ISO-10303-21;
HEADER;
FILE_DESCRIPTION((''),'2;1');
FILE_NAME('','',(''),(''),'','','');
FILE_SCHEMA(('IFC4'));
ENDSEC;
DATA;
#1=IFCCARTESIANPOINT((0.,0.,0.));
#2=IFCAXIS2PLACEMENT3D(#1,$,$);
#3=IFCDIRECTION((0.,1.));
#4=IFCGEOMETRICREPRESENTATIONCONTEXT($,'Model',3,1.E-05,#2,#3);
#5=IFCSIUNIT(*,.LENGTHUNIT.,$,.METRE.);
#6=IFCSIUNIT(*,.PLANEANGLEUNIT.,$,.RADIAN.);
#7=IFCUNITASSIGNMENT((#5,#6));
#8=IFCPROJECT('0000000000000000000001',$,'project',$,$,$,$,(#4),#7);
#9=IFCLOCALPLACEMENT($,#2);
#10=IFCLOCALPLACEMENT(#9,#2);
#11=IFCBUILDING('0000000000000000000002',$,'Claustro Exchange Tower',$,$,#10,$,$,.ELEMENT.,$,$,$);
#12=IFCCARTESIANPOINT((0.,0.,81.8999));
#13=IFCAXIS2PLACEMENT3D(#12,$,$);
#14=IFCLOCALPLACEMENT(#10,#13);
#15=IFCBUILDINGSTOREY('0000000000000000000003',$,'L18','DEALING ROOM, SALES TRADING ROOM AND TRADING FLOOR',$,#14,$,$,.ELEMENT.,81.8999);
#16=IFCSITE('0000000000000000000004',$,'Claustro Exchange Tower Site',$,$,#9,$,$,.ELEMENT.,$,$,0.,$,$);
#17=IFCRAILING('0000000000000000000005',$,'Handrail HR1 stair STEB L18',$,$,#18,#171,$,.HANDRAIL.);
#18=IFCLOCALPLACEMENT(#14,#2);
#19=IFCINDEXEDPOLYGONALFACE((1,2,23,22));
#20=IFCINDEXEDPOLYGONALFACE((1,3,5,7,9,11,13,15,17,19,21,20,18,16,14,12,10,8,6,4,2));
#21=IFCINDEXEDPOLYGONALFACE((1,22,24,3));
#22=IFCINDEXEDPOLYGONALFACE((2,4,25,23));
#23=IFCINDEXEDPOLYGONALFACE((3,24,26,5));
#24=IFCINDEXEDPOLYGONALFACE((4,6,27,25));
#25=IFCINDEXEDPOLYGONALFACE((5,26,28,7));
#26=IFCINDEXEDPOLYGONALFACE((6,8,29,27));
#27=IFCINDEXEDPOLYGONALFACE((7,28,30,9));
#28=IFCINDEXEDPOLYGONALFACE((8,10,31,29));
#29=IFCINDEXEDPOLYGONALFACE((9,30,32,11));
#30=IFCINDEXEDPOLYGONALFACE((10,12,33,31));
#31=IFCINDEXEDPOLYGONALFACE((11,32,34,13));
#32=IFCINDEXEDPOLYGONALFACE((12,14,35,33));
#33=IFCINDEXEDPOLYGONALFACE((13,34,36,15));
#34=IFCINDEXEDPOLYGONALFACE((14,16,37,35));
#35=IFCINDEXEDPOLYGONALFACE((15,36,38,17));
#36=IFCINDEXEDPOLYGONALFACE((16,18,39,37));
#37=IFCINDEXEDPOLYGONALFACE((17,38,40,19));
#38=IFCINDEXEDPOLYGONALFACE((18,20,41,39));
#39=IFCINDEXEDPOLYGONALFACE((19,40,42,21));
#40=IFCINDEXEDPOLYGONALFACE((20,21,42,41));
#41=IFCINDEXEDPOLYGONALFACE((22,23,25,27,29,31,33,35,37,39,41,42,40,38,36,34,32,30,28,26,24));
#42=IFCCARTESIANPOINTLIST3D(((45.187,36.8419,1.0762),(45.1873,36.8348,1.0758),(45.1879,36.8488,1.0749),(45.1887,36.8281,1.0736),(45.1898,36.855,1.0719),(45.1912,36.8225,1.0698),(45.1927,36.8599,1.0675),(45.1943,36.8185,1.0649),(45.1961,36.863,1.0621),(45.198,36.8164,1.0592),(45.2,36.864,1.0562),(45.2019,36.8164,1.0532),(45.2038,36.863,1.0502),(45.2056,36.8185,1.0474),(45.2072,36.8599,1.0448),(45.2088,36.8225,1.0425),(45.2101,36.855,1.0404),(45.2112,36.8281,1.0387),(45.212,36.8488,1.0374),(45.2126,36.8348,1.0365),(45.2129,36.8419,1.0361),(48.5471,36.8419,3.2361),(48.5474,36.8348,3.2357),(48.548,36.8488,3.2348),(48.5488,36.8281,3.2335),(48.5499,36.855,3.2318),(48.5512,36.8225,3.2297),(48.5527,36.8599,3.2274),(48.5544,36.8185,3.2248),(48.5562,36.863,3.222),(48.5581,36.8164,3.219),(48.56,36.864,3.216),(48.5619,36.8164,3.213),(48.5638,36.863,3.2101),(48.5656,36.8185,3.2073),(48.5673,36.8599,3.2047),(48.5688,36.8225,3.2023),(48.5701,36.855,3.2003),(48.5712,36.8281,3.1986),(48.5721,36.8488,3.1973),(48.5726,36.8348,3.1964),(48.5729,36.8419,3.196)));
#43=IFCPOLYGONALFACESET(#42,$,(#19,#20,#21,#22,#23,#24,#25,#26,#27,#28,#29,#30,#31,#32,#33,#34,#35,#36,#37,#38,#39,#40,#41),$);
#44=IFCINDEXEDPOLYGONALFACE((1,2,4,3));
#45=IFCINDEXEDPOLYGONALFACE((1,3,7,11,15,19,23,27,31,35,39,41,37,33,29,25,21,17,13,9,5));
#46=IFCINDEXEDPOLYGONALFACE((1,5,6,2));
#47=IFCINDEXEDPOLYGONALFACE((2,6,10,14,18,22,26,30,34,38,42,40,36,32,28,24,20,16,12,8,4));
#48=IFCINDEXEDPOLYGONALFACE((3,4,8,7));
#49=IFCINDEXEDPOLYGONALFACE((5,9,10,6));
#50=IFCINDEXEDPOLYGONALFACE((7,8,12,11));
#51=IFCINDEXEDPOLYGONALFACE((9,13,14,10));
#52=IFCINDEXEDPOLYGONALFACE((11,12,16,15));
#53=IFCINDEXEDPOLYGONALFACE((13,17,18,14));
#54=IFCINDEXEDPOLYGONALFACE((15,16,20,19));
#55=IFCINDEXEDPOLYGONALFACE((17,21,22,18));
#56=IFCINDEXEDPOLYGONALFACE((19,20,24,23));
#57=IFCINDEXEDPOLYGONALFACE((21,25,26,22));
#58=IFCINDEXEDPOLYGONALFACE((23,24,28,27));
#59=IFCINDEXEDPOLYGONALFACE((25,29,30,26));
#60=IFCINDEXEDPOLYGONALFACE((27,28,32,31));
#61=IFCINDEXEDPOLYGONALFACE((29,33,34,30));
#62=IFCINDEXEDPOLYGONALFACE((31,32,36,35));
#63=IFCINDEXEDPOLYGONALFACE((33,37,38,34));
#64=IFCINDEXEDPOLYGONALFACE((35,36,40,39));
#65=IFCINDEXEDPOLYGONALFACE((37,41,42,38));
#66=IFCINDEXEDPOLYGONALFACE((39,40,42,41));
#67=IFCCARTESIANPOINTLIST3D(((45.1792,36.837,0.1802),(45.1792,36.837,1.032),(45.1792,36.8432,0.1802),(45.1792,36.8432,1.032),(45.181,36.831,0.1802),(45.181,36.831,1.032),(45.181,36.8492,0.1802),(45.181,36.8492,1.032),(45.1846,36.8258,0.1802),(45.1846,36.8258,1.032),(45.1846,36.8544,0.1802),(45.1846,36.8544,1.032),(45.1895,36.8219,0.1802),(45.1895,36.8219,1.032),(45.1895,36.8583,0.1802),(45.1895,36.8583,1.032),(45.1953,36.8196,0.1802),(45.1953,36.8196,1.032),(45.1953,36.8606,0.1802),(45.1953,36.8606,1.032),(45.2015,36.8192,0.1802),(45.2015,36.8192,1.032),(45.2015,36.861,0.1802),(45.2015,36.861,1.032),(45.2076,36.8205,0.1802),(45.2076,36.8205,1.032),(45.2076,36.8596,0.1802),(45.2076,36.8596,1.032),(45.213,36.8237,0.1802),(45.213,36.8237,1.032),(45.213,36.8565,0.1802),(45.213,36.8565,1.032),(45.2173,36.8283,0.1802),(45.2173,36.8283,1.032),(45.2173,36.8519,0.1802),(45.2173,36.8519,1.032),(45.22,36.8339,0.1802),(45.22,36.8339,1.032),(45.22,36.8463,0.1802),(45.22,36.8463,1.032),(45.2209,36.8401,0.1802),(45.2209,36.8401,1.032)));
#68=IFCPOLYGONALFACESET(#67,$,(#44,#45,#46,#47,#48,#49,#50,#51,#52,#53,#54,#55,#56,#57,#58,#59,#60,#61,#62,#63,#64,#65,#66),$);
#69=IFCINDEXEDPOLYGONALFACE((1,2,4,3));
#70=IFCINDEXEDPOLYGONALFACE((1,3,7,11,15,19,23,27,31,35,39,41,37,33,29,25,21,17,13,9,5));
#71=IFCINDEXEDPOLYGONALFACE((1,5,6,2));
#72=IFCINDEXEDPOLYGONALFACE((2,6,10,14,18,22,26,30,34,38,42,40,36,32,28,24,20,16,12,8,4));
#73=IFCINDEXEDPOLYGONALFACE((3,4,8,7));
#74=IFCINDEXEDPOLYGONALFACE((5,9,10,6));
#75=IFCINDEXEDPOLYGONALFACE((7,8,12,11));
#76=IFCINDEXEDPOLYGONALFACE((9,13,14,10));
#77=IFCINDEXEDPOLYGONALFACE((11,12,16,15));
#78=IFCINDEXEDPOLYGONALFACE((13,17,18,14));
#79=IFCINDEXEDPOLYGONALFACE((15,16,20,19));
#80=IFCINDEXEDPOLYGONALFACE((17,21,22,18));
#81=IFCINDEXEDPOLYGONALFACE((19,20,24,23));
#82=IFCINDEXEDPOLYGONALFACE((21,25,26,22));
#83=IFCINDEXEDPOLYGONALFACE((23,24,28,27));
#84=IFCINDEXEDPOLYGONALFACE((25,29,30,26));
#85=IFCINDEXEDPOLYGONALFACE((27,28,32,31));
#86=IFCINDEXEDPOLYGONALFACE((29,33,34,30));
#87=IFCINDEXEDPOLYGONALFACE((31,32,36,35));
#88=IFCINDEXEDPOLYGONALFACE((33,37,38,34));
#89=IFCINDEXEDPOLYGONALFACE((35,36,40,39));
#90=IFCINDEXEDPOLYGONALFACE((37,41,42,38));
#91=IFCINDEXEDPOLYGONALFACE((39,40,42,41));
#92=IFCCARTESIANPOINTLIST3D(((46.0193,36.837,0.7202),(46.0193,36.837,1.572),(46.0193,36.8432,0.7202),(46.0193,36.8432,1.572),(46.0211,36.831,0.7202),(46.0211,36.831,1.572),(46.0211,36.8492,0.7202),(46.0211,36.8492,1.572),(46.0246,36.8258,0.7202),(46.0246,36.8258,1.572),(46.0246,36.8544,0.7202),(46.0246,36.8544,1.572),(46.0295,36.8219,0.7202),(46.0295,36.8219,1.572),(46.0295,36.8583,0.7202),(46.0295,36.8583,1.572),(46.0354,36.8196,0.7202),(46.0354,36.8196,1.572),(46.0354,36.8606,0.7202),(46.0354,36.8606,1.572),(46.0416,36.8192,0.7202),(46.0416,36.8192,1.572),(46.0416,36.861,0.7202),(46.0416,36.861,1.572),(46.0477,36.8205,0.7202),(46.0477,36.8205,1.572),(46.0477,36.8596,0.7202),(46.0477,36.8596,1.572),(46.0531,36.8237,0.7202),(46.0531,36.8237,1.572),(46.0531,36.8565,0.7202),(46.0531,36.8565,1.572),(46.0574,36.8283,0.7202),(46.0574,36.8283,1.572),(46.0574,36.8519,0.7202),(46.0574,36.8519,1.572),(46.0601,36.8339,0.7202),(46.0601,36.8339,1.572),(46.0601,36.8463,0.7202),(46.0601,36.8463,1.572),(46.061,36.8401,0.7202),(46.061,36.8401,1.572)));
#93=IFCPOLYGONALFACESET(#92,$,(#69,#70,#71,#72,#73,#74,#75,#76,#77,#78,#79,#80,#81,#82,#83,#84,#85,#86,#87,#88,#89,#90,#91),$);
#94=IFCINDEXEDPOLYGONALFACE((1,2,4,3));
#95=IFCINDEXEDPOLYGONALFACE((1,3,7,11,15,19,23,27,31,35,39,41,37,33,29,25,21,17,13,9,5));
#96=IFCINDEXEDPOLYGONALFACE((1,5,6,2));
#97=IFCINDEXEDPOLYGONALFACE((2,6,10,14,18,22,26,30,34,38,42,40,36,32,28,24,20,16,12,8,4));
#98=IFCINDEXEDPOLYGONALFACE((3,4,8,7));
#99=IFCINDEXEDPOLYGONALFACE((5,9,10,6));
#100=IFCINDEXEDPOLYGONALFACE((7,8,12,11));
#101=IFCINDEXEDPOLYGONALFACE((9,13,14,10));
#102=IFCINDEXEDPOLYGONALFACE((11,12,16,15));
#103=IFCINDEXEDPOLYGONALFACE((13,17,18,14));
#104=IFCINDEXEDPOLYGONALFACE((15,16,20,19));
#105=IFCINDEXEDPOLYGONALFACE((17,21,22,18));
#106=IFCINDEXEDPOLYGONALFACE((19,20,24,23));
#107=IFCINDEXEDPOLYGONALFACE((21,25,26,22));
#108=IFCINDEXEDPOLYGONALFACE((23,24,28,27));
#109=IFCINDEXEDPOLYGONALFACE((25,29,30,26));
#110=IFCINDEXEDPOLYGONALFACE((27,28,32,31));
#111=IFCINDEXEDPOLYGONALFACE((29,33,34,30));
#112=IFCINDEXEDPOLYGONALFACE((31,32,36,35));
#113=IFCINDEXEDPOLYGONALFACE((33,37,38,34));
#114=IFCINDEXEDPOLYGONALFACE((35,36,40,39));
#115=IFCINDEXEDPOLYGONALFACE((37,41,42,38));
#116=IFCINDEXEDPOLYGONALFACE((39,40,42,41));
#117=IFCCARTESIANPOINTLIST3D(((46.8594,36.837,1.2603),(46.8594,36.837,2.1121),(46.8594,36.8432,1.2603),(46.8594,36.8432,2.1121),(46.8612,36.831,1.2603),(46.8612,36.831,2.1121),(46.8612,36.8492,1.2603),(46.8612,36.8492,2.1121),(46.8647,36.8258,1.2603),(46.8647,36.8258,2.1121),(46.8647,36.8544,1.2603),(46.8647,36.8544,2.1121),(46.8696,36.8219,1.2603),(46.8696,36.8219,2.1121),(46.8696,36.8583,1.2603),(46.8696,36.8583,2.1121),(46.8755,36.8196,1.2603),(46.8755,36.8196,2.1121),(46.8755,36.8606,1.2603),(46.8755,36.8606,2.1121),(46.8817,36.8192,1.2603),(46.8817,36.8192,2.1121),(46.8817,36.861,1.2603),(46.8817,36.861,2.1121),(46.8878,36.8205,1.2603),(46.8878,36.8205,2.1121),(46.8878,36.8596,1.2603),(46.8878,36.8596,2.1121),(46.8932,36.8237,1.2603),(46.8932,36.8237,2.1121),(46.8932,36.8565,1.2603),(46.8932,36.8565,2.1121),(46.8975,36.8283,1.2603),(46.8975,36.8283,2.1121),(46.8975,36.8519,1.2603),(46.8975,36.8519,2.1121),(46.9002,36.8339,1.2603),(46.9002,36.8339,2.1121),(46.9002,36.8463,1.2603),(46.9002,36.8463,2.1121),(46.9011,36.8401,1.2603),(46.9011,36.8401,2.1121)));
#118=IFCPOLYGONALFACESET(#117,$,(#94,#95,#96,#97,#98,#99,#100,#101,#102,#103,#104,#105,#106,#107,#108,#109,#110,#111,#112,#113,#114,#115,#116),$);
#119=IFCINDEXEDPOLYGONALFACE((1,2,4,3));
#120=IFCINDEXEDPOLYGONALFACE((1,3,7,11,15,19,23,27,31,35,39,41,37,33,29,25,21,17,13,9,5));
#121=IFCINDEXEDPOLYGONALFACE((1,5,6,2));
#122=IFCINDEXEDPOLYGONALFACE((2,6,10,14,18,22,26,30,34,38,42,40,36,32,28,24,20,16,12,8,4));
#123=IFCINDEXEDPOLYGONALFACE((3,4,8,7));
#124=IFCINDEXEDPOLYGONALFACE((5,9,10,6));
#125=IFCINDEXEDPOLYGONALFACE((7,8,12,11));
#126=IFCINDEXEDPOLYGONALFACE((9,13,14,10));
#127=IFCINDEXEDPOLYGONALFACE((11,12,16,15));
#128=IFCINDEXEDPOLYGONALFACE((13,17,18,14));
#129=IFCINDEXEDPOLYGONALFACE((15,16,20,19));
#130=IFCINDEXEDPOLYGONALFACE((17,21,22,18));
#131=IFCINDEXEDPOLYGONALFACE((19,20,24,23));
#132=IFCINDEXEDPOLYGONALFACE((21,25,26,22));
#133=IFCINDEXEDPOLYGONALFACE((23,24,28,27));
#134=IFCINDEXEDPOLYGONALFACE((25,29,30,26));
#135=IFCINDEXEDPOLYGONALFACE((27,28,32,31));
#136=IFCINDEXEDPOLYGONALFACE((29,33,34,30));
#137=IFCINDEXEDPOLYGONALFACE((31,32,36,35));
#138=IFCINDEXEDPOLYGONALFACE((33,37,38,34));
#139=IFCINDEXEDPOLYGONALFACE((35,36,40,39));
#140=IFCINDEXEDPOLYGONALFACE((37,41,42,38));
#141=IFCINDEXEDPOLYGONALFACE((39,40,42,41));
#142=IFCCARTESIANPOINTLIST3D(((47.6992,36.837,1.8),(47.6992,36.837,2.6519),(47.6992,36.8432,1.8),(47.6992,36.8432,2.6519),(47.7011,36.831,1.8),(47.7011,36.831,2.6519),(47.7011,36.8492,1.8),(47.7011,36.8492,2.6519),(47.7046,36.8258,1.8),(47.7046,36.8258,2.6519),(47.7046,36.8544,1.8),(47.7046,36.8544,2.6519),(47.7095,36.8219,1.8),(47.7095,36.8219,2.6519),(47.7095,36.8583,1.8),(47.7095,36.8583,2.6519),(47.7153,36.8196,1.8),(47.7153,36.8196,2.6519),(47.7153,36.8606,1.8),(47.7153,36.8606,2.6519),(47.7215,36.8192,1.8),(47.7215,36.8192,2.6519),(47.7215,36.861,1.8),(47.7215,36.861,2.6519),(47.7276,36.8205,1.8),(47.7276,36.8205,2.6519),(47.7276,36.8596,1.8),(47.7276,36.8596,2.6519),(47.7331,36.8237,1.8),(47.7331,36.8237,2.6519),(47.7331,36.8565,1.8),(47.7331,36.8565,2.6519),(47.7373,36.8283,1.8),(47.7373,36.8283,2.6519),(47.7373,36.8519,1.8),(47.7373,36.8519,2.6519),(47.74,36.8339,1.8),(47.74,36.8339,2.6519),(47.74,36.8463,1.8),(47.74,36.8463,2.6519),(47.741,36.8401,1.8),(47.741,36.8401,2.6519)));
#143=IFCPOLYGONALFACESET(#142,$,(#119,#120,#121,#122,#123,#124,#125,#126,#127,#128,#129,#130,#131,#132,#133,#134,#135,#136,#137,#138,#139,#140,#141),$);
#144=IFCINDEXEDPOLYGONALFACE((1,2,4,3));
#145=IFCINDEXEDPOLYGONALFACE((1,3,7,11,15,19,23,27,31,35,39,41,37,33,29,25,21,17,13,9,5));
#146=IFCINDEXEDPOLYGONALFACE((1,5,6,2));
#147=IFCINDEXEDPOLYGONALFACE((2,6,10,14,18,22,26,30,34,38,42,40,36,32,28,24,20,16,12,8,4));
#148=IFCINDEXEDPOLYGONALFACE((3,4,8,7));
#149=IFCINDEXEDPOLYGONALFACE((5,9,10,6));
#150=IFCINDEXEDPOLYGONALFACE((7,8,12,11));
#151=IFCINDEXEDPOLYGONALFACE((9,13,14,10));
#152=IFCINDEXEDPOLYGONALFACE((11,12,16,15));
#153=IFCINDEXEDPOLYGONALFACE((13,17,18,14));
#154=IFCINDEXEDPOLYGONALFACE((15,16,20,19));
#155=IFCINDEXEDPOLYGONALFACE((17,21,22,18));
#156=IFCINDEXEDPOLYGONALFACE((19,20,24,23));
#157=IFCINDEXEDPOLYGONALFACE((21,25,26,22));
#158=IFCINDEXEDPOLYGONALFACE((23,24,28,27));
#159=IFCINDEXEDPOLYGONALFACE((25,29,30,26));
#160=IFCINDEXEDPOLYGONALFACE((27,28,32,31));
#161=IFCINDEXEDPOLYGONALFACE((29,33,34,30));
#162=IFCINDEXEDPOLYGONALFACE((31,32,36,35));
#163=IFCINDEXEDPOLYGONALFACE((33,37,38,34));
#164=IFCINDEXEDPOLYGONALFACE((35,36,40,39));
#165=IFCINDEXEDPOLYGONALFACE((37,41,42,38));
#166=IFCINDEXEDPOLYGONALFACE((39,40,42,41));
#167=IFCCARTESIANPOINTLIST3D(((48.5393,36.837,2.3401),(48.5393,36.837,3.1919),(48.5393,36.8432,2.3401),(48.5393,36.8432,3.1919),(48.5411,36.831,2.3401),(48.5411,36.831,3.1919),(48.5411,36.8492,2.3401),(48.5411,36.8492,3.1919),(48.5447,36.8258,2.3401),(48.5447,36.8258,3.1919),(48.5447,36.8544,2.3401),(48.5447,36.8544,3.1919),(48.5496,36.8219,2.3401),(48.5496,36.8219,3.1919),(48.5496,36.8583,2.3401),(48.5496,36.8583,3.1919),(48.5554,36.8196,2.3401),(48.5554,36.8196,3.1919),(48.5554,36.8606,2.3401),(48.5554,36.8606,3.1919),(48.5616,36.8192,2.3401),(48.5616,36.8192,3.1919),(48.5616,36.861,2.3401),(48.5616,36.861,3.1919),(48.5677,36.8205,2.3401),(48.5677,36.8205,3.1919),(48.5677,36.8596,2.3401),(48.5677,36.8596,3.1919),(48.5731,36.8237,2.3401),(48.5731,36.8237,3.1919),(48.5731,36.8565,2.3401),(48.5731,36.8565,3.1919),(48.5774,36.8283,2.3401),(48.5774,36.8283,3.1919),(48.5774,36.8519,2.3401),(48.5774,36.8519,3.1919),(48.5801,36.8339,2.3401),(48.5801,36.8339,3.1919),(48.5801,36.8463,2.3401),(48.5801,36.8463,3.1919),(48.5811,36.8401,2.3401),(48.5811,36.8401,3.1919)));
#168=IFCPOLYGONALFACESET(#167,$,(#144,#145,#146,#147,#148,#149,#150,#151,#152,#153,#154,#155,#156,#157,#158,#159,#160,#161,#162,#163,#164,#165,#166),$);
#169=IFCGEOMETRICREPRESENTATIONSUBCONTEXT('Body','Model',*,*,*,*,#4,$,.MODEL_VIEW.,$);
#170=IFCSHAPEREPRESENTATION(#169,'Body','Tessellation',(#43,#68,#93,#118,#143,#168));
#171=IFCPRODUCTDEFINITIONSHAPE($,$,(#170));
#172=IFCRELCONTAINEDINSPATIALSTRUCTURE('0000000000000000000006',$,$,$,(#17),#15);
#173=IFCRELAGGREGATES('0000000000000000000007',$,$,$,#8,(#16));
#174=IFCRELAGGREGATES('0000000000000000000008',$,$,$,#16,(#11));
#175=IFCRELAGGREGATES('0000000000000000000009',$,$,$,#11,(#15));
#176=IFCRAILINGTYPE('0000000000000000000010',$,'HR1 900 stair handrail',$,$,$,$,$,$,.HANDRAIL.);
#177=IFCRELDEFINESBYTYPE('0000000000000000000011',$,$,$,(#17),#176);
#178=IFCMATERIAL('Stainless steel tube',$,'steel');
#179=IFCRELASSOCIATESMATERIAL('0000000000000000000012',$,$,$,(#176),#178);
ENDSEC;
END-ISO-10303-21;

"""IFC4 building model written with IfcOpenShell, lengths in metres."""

from ifc_helpers import new_model, si_unit, direction, frame, origin, origin_2d, place, context, subcontext, project, spatial, circle, extrude, material, type_object, element, save


model = new_model("IFC4")

# Units and contexts
model_context = context("Model", 3, precision=1e-05, world=origin(), true_north=direction((0.0, 1.0)))
body_context = subcontext(model_context, "Body", "Model", "MODEL_VIEW")
ifc_project = project(units=[si_unit("LENGTHUNIT", "METRE"), si_unit("PLANEANGLEUNIT", "RADIAN")], contexts=[model_context])

# Site, building, storey
site_placement = place(None, origin())
site = spatial("IfcSite", under=ifc_project, at=site_placement, Name="Claustro Exchange Tower Site", CompositionType="ELEMENT", RefElevation=0.0)
building_placement = place(site_placement, origin())
building = spatial("IfcBuilding", under=site, at=building_placement, Name="Claustro Exchange Tower", CompositionType="ELEMENT")
storey_placement = place(building_placement, frame((0.0, 0.0, 81.8999)))
storey = spatial("IfcBuildingStorey", under=building, at=storey_placement, Name="L18", Description="DEALING ROOM, SALES TRADING ROOM AND TRADING FLOOR", CompositionType="ELEMENT", Elevation=81.8999)

# Railing
ifc_material_1 = material(Name="Stainless steel tube", Category="steel")
railing_type_1 = type_object("IfcRailingType", Name="HR1 900 stair handrail", PredefinedType="HANDRAIL", material=ifc_material_1)
railing_1_placement = place(storey_placement, frame((45.2, 36.8401, 0.1802)))
element("IfcRailing", 1, at=railing_1_placement, inside=storey, type_object=railing_type_1, Name="Handrail HR1 stair STEB L18", PredefinedType="HANDRAIL", context=body_context, shape_type="SweptSolid", body=[
    extrude(circle(Radius=0.0239, at=origin_2d()), frame((0.0, 0.0, 0.876), z_axis=(0.841196, 0.0, 0.54073), x_axis=(0.0, 1.0, 0.0)), (0.0, 0.0, 1.0), 3.9944),
    extrude(circle(Radius=0.021, at=origin_2d()), origin(), (0.0, 0.0, 1.0), 0.8518),
    extrude(circle(Radius=0.021, at=origin_2d()), frame((0.8401, 0.0, 0.54)), (0.0, 0.0, 1.0), 0.8518),
    extrude(circle(Radius=0.021, at=origin_2d()), frame((1.6802, 0.0, 1.0801)), (0.0, 0.0, 1.0), 0.8518),
    extrude(circle(Radius=0.021, at=origin_2d()), frame((2.52, 0.0, 1.6199)), (0.0, 0.0, 1.0), 0.8518),
    extrude(circle(Radius=0.021, at=origin_2d()), frame((3.3601, 0.0, 2.1599)), (0.0, 0.0, 1.0), 0.8518),
])

save(model, "model.ifc")
